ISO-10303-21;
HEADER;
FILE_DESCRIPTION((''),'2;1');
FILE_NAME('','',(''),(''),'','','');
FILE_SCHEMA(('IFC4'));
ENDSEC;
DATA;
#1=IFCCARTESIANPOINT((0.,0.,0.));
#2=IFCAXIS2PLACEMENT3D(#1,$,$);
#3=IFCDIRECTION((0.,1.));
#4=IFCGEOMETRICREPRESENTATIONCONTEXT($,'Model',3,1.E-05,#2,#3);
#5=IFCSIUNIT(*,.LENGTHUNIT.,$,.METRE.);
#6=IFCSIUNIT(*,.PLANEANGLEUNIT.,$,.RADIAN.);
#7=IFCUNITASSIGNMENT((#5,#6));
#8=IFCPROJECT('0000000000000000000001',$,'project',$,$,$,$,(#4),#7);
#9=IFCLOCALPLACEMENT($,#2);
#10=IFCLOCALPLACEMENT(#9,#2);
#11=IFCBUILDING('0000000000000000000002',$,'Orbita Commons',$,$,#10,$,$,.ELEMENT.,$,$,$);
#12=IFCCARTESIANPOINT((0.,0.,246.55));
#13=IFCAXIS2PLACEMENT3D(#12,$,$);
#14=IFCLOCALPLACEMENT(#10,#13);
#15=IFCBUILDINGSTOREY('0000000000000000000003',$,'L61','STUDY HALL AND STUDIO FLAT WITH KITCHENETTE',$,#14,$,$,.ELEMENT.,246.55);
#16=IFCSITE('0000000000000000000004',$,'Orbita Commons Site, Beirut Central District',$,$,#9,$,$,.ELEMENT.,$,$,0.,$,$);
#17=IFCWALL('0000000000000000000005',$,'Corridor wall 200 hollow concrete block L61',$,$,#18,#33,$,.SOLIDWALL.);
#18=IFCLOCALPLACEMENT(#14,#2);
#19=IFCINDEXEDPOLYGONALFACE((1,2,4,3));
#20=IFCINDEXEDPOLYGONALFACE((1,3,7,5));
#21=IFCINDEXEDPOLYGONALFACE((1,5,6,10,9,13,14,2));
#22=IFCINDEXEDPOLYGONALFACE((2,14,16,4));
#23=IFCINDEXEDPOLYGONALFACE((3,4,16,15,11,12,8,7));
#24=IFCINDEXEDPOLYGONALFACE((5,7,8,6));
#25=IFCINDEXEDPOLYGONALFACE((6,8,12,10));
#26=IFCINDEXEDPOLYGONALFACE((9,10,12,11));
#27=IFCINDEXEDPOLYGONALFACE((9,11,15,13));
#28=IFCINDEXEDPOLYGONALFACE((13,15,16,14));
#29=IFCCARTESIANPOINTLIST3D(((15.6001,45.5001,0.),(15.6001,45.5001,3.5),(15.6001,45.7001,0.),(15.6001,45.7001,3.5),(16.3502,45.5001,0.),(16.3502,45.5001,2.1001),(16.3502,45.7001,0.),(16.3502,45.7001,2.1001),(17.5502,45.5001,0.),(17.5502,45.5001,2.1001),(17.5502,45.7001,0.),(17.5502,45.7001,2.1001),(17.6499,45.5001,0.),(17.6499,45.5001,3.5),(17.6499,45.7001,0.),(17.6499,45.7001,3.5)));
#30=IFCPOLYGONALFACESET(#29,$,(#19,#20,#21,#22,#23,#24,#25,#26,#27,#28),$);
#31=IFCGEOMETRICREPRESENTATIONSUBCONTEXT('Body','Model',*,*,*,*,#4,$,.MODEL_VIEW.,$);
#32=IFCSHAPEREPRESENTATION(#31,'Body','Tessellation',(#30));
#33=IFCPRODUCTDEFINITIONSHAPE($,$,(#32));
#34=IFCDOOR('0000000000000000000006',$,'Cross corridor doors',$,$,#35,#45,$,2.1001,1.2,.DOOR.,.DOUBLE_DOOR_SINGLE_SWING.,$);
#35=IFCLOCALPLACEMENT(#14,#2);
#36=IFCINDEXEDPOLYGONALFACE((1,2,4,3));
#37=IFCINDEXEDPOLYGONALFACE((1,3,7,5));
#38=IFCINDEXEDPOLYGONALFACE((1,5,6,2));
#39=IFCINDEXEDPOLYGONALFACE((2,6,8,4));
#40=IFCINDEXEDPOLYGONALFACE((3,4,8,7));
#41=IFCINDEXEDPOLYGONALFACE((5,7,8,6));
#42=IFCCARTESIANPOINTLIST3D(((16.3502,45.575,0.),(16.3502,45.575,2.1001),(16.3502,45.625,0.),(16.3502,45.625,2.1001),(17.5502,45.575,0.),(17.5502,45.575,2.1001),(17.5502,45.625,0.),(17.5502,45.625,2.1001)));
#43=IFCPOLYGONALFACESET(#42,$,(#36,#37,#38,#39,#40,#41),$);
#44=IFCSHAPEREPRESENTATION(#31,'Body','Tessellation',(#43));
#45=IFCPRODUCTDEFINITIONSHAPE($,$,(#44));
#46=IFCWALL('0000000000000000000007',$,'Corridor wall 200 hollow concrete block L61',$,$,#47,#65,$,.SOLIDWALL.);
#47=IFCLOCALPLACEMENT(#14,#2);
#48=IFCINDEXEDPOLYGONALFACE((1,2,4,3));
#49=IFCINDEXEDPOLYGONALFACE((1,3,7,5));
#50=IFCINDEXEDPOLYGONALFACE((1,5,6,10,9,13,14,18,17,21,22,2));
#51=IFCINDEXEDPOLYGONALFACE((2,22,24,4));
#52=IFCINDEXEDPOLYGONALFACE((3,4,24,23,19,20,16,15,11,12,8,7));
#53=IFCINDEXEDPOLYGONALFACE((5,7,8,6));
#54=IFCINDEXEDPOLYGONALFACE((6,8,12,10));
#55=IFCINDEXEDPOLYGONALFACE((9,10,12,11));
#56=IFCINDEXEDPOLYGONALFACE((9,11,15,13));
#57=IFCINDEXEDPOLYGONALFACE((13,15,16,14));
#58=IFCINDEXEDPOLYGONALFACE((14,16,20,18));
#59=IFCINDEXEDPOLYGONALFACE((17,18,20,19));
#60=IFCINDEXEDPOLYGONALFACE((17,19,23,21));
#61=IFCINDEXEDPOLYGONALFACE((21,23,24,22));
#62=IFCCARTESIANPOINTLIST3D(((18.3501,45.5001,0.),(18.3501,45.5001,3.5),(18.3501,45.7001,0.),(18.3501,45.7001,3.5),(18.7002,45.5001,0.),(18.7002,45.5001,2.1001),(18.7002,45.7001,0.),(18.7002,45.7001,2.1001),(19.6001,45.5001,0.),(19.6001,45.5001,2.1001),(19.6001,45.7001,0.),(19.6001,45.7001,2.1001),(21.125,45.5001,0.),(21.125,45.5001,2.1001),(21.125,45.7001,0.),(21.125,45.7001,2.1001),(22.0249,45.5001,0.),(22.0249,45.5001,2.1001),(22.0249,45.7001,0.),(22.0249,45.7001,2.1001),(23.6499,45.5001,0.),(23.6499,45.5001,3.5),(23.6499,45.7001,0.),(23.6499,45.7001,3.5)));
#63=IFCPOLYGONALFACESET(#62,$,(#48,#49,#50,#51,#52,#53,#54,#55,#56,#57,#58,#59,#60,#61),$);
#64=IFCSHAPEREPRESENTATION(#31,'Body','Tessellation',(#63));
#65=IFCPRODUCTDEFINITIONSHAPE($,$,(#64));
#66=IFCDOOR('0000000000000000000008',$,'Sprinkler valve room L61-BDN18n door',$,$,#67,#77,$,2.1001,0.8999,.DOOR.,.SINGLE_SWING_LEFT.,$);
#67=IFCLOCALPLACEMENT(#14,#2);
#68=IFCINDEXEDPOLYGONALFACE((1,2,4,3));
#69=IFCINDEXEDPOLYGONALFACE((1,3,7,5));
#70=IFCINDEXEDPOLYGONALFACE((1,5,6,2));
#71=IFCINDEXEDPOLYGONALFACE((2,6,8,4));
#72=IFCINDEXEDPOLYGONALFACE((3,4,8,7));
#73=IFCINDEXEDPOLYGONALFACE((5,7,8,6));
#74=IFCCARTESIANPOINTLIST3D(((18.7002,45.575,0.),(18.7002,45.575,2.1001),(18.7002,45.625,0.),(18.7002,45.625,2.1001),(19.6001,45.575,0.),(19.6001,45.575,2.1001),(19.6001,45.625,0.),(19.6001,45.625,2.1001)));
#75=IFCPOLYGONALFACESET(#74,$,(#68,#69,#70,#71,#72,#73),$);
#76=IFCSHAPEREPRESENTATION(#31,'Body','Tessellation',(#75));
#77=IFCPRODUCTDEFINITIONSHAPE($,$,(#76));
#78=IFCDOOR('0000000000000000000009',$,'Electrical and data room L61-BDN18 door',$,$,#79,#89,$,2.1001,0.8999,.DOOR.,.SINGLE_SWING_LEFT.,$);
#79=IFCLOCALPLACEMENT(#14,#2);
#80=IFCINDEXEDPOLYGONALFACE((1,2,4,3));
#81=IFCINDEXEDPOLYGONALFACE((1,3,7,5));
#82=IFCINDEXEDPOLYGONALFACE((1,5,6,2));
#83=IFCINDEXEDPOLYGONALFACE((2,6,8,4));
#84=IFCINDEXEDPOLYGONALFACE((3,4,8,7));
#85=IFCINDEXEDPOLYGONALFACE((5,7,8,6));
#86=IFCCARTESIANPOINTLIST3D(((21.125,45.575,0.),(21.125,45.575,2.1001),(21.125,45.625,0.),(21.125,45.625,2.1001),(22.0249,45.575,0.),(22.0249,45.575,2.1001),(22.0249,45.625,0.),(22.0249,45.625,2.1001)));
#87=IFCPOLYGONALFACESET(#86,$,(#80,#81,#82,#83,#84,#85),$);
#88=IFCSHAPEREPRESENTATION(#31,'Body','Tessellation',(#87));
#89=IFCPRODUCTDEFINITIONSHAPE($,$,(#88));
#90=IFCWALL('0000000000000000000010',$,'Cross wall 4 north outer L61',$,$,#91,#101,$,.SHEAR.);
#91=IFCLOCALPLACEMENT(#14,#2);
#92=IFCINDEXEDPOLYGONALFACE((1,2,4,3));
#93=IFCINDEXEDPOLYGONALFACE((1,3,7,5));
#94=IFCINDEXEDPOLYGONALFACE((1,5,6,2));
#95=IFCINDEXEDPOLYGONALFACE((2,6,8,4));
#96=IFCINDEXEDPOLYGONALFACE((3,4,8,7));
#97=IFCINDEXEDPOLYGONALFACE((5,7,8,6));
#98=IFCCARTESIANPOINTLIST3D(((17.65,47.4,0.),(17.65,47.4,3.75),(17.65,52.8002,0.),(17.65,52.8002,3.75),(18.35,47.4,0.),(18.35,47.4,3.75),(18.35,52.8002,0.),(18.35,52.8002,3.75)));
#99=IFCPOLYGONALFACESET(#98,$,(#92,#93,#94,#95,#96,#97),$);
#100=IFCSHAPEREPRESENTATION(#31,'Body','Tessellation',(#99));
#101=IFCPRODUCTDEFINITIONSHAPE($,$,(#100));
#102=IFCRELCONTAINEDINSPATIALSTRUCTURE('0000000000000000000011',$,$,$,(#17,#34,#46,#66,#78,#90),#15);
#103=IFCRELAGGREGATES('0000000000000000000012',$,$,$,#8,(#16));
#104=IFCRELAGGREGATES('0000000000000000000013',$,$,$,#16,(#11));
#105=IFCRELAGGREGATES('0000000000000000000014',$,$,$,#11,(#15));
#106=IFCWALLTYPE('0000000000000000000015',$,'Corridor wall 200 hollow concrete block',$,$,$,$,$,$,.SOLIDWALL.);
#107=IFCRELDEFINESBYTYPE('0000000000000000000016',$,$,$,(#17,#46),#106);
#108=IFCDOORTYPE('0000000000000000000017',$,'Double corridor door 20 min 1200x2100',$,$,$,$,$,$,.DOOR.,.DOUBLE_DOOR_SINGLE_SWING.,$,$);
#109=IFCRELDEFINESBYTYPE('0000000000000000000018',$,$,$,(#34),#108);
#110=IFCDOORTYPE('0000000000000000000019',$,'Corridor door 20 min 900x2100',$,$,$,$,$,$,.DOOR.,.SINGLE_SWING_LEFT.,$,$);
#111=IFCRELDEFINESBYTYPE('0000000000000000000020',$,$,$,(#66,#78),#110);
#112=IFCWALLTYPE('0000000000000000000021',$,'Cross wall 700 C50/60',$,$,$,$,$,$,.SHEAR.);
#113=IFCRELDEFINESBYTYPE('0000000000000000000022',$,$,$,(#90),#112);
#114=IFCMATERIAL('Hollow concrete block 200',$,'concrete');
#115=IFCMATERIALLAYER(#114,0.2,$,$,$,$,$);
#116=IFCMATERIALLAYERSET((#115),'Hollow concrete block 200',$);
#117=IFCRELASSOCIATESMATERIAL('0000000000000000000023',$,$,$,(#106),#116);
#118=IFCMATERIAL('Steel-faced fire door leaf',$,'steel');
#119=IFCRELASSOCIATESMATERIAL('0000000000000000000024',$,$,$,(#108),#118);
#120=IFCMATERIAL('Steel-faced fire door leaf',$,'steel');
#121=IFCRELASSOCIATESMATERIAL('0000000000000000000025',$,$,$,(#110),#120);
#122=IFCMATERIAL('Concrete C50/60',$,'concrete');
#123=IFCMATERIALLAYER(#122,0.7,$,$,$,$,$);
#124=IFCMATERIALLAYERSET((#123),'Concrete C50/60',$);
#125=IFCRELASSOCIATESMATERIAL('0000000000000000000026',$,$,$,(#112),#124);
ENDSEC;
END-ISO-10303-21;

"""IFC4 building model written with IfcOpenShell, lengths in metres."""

from ifc_helpers import new_model, si_unit, direction, frame, frame_2d, origin, place, context, subcontext, project, spatial, rectangle, extrude, material, layer, layer_set, type_object, element, fill, save


model = new_model("IFC4")

# Units and contexts
model_context = context("Model", 3, precision=1e-05, world=origin(), true_north=direction((0.0, 1.0)))
body_context = subcontext(model_context, "Body", "Model", "MODEL_VIEW")
ifc_project = project(units=[si_unit("LENGTHUNIT", "METRE"), si_unit("PLANEANGLEUNIT", "RADIAN")], contexts=[model_context])

# Site, building, storey
site_placement = place(None, origin())
site = spatial("IfcSite", under=ifc_project, at=site_placement, Name="Orbita Commons Site, Beirut Central District", CompositionType="ELEMENT", RefElevation=0.0)
building_placement = place(site_placement, origin())
building = spatial("IfcBuilding", under=site, at=building_placement, Name="Orbita Commons", CompositionType="ELEMENT")
storey_placement = place(building_placement, frame((0.0, 0.0, 246.55)))
storey = spatial("IfcBuildingStorey", under=building, at=storey_placement, Name="L61", Description="STUDY HALL AND STUDIO FLAT WITH KITCHENETTE", CompositionType="ELEMENT", Elevation=246.55)

# Wall, opening, door
ifc_material_1 = material(Name="Hollow concrete block 200", Category="concrete")
ifc_layer_1 = layer(ifc_material_1, 0.2)
ifc_layer_set_1 = layer_set([ifc_layer_1], Name="Hollow concrete block 200")
wall_type_1 = type_object("IfcWallType", Name="Corridor wall 200 hollow concrete block", PredefinedType="SOLIDWALL", material=ifc_layer_set_1)
wall_1_placement = place(storey_placement, frame((15.6001, 45.6001, 0.0), z_axis=(0.0, 0.0, 1.0), x_axis=(1.0, 0.0, 0.0)))
wall_1 = element("IfcWall", 1, at=wall_1_placement, inside=storey, type_object=wall_type_1, Name="Corridor wall 200 hollow concrete block L61", PredefinedType="SOLIDWALL", context=body_context, shape_type="SweptSolid", body=[
    extrude(rectangle(XDim=2.0498, YDim=0.2, at=frame_2d((1.0249, 0.0))), origin(), (0.0, 0.0, 1.0), 3.5),
])
opening_1_placement = place(wall_1_placement, frame((0.75, 0.0, 0.0)))
opening_1 = element("IfcOpeningElement", 2, at=opening_1_placement, cuts=wall_1, PredefinedType="OPENING", context=body_context, shape_type="SweptSolid", body=[
    extrude(rectangle(XDim=1.2, YDim=2.1001, at=frame_2d((0.6001, 1.05))), frame((0.0, 0.1099, 0.0), z_axis=(0.0, -1.0, 0.0), x_axis=(1.0, 0.0, 0.0)), (0.0, 0.0, 1.0), 0.22),
])
ifc_material_2 = material(Name="Steel-faced fire door leaf", Category="steel")
door_type_1 = type_object("IfcDoorType", Name="Double corridor door 20 min 1200x2100", OperationType="DOUBLE_DOOR_SINGLE_SWING", PredefinedType="DOOR", material=ifc_material_2)
door_1_placement = place(opening_1_placement, origin())
door_1 = element("IfcDoor", 3, at=door_1_placement, inside=storey, type_object=door_type_1, Name="Cross corridor doors", OperationType="DOUBLE_DOOR_SINGLE_SWING", OverallHeight=2.1001, OverallWidth=1.2, PredefinedType="DOOR", context=body_context, shape_type="SweptSolid", body=[
    extrude(rectangle(XDim=1.2, YDim=2.1001, at=frame_2d((0.6001, 1.05))), frame((0.0, 0.0249, 0.0), z_axis=(0.0, -1.0, 0.0), x_axis=(1.0, 0.0, 0.0)), (0.0, 0.0, 1.0), 0.05),
])
fill(opening_1, door_1)

# Wall, openings, doors
wall_2_placement = place(storey_placement, frame((18.3501, 45.6001, 0.0), z_axis=(0.0, 0.0, 1.0), x_axis=(1.0, 0.0, 0.0)))
wall_2 = element("IfcWall", 4, at=wall_2_placement, inside=storey, type_object=wall_type_1, Name="Corridor wall 200 hollow concrete block L61", PredefinedType="SOLIDWALL", context=body_context, shape_type="SweptSolid", body=[
    extrude(rectangle(XDim=5.2998, YDim=0.2, at=frame_2d((2.6499, 0.0))), origin(), (0.0, 0.0, 1.0), 3.5),
])
opening_2_placement = place(wall_2_placement, frame((0.3501, 0.0, 0.0)))
opening_2 = element("IfcOpeningElement", 5, at=opening_2_placement, cuts=wall_2, PredefinedType="OPENING", context=body_context, shape_type="SweptSolid", body=[
    extrude(rectangle(XDim=0.8999, YDim=2.1001, at=frame_2d((0.45, 1.05))), frame((0.0, 0.1099, 0.0), z_axis=(0.0, -1.0, 0.0), x_axis=(1.0, 0.0, 0.0)), (0.0, 0.0, 1.0), 0.22),
])
opening_3_placement = place(wall_2_placement, frame((2.7749, 0.0, 0.0)))
opening_3 = element("IfcOpeningElement", 6, at=opening_3_placement, cuts=wall_2, PredefinedType="OPENING", context=body_context, shape_type="SweptSolid", body=[
    extrude(rectangle(XDim=0.8999, YDim=2.1001, at=frame_2d((0.45, 1.05))), frame((0.0, 0.1099, 0.0), z_axis=(0.0, -1.0, 0.0), x_axis=(1.0, 0.0, 0.0)), (0.0, 0.0, 1.0), 0.22),
])
ifc_material_3 = material(Name="Steel-faced fire door leaf", Category="steel")
door_type_2 = type_object("IfcDoorType", Name="Corridor door 20 min 900x2100", OperationType="SINGLE_SWING_LEFT", PredefinedType="DOOR", material=ifc_material_3)
door_2_placement = place(opening_2_placement, origin())
door_2 = element("IfcDoor", 7, at=door_2_placement, inside=storey, type_object=door_type_2, Name="Sprinkler valve room L61-BDN18n door", OperationType="SINGLE_SWING_LEFT", OverallHeight=2.1001, OverallWidth=0.8999, PredefinedType="DOOR", context=body_context, shape_type="SweptSolid", body=[
    extrude(rectangle(XDim=0.8999, YDim=2.1001, at=frame_2d((0.45, 1.05))), frame((0.0, 0.0249, 0.0), z_axis=(0.0, -1.0, 0.0), x_axis=(1.0, 0.0, 0.0)), (0.0, 0.0, 1.0), 0.05),
])
fill(opening_2, door_2)
door_3_placement = place(opening_3_placement, origin())
door_3 = element("IfcDoor", 8, at=door_3_placement, inside=storey, type_object=door_type_2, Name="Electrical and data room L61-BDN18 door", OperationType="SINGLE_SWING_LEFT", OverallHeight=2.1001, OverallWidth=0.8999, PredefinedType="DOOR", context=body_context, shape_type="SweptSolid", body=[
    extrude(rectangle(XDim=0.8999, YDim=2.1001, at=frame_2d((0.45, 1.05))), frame((0.0, 0.0249, 0.0), z_axis=(0.0, -1.0, 0.0), x_axis=(1.0, 0.0, 0.0)), (0.0, 0.0, 1.0), 0.05),
])
fill(opening_3, door_3)

# Wall
ifc_material_4 = material(Name="Concrete C50/60", Category="concrete")
ifc_layer_2 = layer(ifc_material_4, 0.7)
ifc_layer_set_2 = layer_set([ifc_layer_2], Name="Concrete C50/60")
wall_type_2 = type_object("IfcWallType", Name="Cross wall 700 C50/60", PredefinedType="SHEAR", material=ifc_layer_set_2)
wall_3_placement = place(storey_placement, frame((18.0, 47.3999, 0.0), z_axis=(0.0, 0.0, 1.0), x_axis=(0.0, 1.0, 0.0)))
element("IfcWall", 9, at=wall_3_placement, inside=storey, type_object=wall_type_2, Name="Cross wall 4 north outer L61", PredefinedType="SHEAR", context=body_context, shape_type="SweptSolid", body=[
    extrude(rectangle(XDim=5.4001, YDim=0.7, at=frame_2d((2.7002, 0.0))), origin(), (0.0, 0.0, 1.0), 3.75),
])

save(model, "model.ifc")
